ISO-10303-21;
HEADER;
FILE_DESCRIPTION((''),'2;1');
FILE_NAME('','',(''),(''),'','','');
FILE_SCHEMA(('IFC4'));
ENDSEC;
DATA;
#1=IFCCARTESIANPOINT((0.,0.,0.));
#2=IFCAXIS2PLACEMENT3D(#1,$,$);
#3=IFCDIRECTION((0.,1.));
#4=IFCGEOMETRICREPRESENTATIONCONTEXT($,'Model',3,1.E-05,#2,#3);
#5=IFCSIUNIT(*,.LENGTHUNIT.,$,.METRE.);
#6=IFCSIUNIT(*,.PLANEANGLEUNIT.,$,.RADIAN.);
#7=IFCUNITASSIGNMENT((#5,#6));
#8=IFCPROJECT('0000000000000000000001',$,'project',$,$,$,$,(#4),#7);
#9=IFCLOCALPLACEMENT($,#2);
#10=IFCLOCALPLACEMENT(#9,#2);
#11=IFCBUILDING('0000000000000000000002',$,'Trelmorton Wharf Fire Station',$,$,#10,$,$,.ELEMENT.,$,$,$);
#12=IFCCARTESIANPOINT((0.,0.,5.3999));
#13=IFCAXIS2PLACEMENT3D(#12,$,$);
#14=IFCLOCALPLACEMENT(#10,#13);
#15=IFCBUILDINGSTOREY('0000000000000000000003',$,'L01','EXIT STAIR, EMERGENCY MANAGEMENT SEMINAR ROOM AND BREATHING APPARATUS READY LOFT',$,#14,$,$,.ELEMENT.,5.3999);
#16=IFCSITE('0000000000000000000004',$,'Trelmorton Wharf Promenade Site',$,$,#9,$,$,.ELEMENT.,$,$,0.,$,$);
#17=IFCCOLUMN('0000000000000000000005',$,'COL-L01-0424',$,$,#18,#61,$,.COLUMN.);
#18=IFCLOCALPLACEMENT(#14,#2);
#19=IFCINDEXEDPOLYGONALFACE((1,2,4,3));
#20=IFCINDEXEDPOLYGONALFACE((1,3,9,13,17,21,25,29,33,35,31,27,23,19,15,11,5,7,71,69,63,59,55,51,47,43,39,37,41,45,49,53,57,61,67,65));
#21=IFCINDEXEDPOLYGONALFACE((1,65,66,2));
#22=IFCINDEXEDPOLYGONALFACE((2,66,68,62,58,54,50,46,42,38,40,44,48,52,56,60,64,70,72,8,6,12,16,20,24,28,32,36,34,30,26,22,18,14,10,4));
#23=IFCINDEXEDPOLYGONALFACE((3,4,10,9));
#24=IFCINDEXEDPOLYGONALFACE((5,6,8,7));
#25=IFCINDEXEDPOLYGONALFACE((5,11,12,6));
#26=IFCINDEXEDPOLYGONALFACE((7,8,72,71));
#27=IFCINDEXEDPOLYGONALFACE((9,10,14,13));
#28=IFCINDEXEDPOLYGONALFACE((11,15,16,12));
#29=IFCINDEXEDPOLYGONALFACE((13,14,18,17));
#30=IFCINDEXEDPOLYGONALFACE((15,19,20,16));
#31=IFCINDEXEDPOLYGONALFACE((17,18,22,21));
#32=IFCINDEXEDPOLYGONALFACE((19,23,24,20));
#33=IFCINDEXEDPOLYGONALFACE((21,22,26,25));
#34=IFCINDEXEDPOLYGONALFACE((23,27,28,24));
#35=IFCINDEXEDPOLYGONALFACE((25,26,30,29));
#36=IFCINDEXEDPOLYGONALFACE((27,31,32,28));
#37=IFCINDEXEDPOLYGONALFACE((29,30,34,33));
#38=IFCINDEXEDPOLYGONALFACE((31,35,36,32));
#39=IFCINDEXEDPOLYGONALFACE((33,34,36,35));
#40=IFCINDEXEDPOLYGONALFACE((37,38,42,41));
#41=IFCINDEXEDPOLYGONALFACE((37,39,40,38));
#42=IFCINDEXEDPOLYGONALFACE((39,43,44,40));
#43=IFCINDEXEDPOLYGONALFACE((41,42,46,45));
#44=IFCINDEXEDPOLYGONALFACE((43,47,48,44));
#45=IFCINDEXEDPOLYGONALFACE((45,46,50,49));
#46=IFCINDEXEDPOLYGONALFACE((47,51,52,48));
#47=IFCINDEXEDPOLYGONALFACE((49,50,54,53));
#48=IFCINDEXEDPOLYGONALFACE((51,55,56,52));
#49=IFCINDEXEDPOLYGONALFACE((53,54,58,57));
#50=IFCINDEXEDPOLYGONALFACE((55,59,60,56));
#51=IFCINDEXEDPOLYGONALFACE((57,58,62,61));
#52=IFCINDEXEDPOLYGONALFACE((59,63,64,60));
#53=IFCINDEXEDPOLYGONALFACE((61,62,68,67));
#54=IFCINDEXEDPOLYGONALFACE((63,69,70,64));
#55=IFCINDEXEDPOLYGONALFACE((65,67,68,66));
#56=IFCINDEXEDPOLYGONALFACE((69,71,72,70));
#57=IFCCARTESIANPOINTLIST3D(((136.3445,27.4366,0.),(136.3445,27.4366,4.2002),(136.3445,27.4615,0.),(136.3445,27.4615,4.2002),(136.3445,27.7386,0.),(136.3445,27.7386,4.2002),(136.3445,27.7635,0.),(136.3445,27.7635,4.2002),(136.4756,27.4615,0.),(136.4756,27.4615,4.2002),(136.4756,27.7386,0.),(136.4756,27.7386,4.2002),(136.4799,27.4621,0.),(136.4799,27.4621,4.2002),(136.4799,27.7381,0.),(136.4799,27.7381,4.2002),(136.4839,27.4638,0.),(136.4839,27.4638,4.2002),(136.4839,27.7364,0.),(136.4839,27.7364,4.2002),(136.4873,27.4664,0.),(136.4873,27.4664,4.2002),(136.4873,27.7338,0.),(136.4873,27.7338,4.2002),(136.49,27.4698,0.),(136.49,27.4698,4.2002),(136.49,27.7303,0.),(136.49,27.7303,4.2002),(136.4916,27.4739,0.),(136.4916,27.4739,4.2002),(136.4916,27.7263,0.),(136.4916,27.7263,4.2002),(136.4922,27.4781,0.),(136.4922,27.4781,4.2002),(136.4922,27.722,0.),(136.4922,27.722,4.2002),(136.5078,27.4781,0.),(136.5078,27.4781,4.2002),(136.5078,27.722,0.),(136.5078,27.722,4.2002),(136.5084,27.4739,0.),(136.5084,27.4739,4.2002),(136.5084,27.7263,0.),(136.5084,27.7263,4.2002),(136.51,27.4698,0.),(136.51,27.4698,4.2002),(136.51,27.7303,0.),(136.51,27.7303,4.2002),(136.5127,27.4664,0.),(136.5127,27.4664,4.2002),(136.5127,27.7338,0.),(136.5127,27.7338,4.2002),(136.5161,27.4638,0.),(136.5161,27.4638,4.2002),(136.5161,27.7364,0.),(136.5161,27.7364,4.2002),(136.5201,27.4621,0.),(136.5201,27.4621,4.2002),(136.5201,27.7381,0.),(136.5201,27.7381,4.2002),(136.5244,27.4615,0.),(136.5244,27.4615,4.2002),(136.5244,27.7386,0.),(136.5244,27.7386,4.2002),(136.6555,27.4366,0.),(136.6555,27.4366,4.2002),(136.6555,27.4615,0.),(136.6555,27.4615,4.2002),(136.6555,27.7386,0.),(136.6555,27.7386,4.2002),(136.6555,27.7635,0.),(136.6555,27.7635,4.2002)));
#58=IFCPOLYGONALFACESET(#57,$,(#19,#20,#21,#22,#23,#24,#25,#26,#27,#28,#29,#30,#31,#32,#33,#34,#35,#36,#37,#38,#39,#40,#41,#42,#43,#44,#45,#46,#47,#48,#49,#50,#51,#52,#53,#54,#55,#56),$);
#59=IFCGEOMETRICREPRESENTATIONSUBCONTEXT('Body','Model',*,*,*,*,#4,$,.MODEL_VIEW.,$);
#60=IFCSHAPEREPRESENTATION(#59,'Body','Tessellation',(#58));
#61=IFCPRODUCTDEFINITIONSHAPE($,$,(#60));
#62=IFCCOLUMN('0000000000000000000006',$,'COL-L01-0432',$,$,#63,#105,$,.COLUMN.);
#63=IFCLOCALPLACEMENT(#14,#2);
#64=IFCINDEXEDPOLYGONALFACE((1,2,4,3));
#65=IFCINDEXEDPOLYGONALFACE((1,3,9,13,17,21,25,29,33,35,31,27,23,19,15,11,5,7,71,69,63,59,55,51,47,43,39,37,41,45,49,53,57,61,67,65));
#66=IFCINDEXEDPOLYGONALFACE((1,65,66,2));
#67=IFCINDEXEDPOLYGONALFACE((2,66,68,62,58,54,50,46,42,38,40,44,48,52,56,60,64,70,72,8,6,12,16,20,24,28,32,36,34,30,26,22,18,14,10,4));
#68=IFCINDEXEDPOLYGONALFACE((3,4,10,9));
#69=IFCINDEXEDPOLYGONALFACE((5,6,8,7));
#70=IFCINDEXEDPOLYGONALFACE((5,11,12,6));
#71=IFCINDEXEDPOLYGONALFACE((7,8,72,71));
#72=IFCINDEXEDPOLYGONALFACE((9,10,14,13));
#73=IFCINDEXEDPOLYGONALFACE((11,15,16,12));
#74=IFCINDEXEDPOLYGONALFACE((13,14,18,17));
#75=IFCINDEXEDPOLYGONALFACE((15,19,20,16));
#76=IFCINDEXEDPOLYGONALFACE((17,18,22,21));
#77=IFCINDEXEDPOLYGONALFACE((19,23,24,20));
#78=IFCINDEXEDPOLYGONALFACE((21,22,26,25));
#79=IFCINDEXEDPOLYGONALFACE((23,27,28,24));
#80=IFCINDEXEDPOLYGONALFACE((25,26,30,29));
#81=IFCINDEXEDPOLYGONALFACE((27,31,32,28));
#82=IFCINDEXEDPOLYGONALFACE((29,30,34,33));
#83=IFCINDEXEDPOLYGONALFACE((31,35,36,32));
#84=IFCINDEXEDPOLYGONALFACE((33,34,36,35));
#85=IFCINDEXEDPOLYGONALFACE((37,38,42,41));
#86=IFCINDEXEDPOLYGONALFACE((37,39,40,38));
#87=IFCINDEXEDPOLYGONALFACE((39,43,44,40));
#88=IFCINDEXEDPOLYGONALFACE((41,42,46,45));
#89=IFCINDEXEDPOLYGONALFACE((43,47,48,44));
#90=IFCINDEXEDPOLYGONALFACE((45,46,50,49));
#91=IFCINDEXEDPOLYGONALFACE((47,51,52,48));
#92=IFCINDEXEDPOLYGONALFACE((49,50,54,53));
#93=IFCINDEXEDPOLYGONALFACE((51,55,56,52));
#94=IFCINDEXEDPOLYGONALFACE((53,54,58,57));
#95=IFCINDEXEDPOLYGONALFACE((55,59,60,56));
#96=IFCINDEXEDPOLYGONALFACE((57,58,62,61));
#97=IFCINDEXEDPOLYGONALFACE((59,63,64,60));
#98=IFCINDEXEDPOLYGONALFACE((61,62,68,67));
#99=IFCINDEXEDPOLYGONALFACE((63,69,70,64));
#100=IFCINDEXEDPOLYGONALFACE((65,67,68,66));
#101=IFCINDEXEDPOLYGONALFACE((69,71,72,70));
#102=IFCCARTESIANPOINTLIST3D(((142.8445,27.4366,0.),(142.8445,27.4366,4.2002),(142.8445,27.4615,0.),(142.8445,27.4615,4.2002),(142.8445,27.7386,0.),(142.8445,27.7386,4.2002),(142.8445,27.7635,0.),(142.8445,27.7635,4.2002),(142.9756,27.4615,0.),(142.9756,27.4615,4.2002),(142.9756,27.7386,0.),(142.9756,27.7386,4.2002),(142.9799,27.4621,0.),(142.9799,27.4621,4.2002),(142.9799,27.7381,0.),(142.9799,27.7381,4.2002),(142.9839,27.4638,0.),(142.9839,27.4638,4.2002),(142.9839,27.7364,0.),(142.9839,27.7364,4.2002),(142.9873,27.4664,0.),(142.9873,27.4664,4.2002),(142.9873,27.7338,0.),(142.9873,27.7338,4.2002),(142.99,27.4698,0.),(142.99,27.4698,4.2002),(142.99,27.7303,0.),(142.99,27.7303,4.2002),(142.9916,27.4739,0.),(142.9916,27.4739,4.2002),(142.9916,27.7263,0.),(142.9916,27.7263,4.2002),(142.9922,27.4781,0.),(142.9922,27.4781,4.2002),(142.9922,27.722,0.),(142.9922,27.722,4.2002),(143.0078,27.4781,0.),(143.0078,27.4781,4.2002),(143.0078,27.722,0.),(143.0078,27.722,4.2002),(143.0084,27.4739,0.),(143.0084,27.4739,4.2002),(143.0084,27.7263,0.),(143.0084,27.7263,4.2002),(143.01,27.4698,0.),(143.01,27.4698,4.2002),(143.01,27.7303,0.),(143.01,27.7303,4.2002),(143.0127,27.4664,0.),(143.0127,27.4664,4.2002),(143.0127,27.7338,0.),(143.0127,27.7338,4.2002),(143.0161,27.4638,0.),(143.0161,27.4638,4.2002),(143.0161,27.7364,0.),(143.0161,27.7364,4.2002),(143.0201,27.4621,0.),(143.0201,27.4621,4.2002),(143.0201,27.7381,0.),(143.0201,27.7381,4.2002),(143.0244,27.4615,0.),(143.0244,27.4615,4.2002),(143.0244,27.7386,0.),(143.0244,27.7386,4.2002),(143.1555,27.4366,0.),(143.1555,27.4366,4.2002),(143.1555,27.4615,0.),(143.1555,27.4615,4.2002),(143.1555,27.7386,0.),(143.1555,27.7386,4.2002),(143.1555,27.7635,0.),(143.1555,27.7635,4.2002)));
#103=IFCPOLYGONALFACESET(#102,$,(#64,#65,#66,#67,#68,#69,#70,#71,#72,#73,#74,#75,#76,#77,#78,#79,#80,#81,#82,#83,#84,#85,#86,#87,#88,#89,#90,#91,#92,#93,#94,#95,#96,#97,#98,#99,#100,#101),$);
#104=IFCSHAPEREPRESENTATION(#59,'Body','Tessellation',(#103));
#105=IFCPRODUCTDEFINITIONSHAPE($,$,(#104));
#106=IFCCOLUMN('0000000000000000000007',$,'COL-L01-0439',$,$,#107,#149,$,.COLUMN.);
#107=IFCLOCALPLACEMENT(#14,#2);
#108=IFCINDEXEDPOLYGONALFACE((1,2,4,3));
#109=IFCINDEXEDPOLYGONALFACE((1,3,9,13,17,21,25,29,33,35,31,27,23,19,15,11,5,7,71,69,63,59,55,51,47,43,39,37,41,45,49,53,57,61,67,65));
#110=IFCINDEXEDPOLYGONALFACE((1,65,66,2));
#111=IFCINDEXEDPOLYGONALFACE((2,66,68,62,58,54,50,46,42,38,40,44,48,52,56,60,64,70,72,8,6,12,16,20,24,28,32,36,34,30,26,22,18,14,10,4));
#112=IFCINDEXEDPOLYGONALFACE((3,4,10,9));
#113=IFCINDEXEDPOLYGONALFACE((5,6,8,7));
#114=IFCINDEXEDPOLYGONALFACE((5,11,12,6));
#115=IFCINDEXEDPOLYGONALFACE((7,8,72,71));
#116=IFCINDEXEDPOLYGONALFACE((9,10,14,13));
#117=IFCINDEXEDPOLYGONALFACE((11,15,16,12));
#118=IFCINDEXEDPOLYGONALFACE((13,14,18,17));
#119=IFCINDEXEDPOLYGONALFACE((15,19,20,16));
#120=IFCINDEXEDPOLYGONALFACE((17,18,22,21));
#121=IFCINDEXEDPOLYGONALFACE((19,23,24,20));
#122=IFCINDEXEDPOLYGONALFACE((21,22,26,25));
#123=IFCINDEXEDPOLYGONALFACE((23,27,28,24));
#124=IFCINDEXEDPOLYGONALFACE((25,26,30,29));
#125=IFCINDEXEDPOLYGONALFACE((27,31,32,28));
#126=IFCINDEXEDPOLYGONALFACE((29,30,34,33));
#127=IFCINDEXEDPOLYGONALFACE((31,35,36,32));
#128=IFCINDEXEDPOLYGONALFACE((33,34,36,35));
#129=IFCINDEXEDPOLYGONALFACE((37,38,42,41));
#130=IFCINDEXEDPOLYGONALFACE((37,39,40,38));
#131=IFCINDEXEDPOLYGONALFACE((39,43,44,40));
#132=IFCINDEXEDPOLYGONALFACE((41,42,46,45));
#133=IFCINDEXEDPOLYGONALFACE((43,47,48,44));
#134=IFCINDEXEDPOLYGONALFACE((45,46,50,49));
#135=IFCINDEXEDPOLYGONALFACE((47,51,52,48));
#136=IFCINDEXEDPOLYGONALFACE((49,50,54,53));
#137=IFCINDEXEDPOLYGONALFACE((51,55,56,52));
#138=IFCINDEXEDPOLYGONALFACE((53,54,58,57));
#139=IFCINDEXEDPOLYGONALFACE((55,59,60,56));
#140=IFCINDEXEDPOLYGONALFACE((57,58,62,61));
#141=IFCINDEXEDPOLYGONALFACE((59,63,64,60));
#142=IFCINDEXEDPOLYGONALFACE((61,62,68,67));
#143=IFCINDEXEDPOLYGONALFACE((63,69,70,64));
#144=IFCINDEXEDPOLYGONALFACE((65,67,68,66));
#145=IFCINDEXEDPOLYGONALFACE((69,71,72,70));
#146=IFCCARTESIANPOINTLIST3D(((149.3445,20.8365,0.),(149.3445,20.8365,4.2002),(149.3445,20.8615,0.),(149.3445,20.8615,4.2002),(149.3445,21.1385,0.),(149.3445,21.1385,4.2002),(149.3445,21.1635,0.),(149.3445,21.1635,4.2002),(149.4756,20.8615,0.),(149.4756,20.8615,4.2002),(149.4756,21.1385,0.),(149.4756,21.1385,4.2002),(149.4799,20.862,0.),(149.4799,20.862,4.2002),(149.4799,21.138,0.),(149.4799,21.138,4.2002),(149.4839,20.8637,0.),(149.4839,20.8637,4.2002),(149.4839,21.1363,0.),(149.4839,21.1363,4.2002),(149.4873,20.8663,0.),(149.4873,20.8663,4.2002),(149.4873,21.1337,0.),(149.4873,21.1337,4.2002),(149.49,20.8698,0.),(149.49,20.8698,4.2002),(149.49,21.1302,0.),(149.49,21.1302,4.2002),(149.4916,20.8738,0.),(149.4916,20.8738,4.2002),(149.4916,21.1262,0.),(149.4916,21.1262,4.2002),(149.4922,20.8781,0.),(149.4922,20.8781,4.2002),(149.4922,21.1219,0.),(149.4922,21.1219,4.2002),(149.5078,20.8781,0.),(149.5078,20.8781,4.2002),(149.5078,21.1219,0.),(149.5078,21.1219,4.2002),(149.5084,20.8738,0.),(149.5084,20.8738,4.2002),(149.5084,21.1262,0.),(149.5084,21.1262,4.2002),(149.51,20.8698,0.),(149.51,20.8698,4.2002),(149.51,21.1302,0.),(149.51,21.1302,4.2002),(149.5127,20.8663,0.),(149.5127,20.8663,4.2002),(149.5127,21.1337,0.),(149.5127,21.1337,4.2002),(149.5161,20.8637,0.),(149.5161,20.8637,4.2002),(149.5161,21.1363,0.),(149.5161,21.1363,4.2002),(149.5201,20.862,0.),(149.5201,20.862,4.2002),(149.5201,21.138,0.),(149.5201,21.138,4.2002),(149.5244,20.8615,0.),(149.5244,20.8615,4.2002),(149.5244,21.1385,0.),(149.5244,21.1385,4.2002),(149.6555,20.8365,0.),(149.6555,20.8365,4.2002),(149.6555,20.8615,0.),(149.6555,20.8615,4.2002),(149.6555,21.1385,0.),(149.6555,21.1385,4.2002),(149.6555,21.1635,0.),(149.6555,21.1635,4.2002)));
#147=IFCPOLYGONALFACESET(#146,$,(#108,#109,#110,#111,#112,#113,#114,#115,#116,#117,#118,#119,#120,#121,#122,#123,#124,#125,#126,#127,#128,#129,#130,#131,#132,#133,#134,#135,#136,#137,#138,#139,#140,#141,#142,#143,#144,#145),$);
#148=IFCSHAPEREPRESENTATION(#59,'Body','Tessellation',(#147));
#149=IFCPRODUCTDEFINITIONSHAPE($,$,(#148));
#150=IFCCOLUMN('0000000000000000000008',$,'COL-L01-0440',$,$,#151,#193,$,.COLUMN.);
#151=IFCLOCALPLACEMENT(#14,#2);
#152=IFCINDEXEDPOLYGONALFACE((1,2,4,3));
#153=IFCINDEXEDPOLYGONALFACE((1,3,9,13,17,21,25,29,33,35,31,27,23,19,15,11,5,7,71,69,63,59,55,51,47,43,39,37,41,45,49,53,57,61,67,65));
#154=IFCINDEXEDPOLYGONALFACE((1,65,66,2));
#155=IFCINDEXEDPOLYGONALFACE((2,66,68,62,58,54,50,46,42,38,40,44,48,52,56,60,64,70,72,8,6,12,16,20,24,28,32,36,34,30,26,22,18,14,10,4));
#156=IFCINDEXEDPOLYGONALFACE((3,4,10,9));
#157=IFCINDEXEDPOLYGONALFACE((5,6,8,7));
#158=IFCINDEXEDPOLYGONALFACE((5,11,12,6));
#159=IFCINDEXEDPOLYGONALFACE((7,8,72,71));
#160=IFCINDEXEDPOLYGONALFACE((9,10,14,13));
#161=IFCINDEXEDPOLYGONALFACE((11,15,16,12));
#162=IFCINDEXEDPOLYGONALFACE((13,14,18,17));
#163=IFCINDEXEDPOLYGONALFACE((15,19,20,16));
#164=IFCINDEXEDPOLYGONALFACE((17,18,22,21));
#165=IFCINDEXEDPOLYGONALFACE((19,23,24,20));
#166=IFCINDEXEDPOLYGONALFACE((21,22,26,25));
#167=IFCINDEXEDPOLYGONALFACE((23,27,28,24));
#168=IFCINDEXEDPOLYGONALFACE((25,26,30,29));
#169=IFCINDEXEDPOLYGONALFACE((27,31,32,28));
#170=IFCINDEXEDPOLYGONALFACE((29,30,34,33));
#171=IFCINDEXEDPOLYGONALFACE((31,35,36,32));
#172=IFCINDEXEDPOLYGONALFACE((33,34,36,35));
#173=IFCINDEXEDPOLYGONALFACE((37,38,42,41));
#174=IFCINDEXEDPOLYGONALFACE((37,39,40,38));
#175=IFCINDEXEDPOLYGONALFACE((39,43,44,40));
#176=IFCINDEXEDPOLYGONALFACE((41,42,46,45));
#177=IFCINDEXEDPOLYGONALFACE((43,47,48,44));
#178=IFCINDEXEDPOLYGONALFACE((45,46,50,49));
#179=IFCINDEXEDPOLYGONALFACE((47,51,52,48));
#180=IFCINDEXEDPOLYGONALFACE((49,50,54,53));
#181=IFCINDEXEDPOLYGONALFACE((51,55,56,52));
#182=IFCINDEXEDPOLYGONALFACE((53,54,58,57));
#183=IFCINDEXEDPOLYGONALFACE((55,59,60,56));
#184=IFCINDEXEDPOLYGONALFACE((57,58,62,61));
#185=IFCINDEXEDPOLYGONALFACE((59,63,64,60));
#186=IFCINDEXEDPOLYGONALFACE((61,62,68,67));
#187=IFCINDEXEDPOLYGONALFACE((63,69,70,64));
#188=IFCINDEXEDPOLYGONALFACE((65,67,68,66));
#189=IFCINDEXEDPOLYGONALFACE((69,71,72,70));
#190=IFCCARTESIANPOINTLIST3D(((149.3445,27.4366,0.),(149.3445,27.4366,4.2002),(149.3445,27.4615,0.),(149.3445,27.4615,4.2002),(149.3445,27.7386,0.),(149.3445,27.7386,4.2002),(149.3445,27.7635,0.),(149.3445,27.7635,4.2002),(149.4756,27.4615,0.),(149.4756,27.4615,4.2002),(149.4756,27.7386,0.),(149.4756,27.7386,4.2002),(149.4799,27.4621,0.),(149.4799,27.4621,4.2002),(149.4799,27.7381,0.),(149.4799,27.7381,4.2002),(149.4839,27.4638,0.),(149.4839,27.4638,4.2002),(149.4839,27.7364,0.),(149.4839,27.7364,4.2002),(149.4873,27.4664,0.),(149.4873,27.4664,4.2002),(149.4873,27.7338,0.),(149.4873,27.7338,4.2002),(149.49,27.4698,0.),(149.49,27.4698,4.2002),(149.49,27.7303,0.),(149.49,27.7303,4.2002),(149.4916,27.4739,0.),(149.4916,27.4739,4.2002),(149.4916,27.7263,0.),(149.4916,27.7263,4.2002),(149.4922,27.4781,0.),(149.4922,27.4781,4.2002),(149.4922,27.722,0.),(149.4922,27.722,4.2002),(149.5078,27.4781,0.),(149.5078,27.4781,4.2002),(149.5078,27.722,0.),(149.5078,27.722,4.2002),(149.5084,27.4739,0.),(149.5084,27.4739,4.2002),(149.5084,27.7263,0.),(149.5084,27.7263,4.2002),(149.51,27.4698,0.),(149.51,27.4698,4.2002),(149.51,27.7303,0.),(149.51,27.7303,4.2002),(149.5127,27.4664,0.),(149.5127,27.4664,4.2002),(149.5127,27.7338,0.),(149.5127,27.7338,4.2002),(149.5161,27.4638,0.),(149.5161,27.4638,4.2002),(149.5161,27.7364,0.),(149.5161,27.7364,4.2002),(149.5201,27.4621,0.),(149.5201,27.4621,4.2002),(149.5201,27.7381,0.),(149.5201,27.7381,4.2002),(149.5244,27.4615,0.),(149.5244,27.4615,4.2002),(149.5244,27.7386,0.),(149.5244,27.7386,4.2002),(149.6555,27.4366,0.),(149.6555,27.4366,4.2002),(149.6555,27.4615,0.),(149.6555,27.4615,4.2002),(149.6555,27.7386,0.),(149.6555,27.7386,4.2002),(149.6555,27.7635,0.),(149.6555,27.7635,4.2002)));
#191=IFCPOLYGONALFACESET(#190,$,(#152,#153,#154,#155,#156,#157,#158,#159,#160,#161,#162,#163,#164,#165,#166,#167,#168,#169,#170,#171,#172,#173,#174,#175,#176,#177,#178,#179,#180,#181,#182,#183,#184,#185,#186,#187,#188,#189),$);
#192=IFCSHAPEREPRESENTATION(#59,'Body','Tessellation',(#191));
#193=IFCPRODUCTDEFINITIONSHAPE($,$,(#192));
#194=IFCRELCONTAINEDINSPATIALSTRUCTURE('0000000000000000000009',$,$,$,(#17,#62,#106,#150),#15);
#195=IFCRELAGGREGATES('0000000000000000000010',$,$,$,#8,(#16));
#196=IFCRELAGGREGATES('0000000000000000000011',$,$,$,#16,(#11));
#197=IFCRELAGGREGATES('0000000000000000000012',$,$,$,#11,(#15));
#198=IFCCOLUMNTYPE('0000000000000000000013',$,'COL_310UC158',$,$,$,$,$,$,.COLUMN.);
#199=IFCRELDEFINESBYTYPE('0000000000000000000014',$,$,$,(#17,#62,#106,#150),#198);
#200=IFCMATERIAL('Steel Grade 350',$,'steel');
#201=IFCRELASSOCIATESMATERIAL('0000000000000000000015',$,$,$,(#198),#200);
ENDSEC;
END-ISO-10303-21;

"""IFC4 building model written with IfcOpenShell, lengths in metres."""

from ifc_helpers import new_model, si_unit, direction, frame, origin, origin_2d, place, context, subcontext, project, spatial, i_section, extrude, material, material_profile, profile_set, type_object, element, save


model = new_model("IFC4")

# Units and contexts
model_context = context("Model", 3, precision=1e-05, world=origin(), true_north=direction((0.0, 1.0)))
body_context = subcontext(model_context, "Body", "Model", "MODEL_VIEW")
ifc_project = project(units=[si_unit("LENGTHUNIT", "METRE"), si_unit("PLANEANGLEUNIT", "RADIAN")], contexts=[model_context])

# Site, building, storey
site_placement = place(None, origin())
site = spatial("IfcSite", under=ifc_project, at=site_placement, Name="Trelmorton Wharf Promenade Site", CompositionType="ELEMENT", RefElevation=0.0)
building_placement = place(site_placement, origin())
building = spatial("IfcBuilding", under=site, at=building_placement, Name="Trelmorton Wharf Fire Station", CompositionType="ELEMENT")
storey_placement = place(building_placement, frame((0.0, 0.0, 5.3999)))
storey = spatial("IfcBuildingStorey", under=building, at=storey_placement, Name="L01", Description="EXIT STAIR, EMERGENCY MANAGEMENT SEMINAR ROOM AND BREATHING APPARATUS READY LOFT", CompositionType="ELEMENT", Elevation=5.3999)

# Columns
ifc_material_1 = material(Name="Steel Grade 350", Category="steel")
ifc_material_profile_1 = material_profile(ifc_material_1, i_section(OverallWidth=0.311, OverallDepth=0.3269, WebThickness=0.0156, FlangeThickness=0.0249, FilletRadius=0.0166, at=origin_2d()), Name="310UC158")
ifc_profile_set_1 = profile_set([ifc_material_profile_1], Name="Steel Grade 350")
column_type = type_object("IfcColumnType", Name="COL_310UC158", PredefinedType="COLUMN", material=ifc_profile_set_1)
for number, where, z_axis, x_axis, name in (
    (1, (136.5, 27.6001, 0.0), (0.0, 0.0, 1.0), (1.0, 0.0, 0.0), "COL-L01-0424"),
    (2, (143.0, 27.6001, 0.0), (0.0, 0.0, 1.0), (1.0, 0.0, 0.0), "COL-L01-0432"),
    (3, (149.5, 21.0, 0.0), (0.0, 0.0, 1.0), (1.0, 0.0, 0.0), "COL-L01-0439"),
    (4, (149.5, 27.6001, 0.0), (0.0, 0.0, 1.0), (1.0, 0.0, 0.0), "COL-L01-0440"),
):
    element("IfcColumn", number, at=place(storey_placement, frame(where, z_axis=z_axis, x_axis=x_axis)), inside=storey, type_object=column_type, Name=name, PredefinedType="COLUMN", context=body_context, shape_type="SweptSolid", body=[
        extrude(i_section(OverallWidth=0.311, OverallDepth=0.3269, WebThickness=0.0156, FlangeThickness=0.0249, FilletRadius=0.0166, at=origin_2d()), origin(), (0.0, 0.0, 1.0), 4.2002),
    ])

save(model, "model.ifc")
